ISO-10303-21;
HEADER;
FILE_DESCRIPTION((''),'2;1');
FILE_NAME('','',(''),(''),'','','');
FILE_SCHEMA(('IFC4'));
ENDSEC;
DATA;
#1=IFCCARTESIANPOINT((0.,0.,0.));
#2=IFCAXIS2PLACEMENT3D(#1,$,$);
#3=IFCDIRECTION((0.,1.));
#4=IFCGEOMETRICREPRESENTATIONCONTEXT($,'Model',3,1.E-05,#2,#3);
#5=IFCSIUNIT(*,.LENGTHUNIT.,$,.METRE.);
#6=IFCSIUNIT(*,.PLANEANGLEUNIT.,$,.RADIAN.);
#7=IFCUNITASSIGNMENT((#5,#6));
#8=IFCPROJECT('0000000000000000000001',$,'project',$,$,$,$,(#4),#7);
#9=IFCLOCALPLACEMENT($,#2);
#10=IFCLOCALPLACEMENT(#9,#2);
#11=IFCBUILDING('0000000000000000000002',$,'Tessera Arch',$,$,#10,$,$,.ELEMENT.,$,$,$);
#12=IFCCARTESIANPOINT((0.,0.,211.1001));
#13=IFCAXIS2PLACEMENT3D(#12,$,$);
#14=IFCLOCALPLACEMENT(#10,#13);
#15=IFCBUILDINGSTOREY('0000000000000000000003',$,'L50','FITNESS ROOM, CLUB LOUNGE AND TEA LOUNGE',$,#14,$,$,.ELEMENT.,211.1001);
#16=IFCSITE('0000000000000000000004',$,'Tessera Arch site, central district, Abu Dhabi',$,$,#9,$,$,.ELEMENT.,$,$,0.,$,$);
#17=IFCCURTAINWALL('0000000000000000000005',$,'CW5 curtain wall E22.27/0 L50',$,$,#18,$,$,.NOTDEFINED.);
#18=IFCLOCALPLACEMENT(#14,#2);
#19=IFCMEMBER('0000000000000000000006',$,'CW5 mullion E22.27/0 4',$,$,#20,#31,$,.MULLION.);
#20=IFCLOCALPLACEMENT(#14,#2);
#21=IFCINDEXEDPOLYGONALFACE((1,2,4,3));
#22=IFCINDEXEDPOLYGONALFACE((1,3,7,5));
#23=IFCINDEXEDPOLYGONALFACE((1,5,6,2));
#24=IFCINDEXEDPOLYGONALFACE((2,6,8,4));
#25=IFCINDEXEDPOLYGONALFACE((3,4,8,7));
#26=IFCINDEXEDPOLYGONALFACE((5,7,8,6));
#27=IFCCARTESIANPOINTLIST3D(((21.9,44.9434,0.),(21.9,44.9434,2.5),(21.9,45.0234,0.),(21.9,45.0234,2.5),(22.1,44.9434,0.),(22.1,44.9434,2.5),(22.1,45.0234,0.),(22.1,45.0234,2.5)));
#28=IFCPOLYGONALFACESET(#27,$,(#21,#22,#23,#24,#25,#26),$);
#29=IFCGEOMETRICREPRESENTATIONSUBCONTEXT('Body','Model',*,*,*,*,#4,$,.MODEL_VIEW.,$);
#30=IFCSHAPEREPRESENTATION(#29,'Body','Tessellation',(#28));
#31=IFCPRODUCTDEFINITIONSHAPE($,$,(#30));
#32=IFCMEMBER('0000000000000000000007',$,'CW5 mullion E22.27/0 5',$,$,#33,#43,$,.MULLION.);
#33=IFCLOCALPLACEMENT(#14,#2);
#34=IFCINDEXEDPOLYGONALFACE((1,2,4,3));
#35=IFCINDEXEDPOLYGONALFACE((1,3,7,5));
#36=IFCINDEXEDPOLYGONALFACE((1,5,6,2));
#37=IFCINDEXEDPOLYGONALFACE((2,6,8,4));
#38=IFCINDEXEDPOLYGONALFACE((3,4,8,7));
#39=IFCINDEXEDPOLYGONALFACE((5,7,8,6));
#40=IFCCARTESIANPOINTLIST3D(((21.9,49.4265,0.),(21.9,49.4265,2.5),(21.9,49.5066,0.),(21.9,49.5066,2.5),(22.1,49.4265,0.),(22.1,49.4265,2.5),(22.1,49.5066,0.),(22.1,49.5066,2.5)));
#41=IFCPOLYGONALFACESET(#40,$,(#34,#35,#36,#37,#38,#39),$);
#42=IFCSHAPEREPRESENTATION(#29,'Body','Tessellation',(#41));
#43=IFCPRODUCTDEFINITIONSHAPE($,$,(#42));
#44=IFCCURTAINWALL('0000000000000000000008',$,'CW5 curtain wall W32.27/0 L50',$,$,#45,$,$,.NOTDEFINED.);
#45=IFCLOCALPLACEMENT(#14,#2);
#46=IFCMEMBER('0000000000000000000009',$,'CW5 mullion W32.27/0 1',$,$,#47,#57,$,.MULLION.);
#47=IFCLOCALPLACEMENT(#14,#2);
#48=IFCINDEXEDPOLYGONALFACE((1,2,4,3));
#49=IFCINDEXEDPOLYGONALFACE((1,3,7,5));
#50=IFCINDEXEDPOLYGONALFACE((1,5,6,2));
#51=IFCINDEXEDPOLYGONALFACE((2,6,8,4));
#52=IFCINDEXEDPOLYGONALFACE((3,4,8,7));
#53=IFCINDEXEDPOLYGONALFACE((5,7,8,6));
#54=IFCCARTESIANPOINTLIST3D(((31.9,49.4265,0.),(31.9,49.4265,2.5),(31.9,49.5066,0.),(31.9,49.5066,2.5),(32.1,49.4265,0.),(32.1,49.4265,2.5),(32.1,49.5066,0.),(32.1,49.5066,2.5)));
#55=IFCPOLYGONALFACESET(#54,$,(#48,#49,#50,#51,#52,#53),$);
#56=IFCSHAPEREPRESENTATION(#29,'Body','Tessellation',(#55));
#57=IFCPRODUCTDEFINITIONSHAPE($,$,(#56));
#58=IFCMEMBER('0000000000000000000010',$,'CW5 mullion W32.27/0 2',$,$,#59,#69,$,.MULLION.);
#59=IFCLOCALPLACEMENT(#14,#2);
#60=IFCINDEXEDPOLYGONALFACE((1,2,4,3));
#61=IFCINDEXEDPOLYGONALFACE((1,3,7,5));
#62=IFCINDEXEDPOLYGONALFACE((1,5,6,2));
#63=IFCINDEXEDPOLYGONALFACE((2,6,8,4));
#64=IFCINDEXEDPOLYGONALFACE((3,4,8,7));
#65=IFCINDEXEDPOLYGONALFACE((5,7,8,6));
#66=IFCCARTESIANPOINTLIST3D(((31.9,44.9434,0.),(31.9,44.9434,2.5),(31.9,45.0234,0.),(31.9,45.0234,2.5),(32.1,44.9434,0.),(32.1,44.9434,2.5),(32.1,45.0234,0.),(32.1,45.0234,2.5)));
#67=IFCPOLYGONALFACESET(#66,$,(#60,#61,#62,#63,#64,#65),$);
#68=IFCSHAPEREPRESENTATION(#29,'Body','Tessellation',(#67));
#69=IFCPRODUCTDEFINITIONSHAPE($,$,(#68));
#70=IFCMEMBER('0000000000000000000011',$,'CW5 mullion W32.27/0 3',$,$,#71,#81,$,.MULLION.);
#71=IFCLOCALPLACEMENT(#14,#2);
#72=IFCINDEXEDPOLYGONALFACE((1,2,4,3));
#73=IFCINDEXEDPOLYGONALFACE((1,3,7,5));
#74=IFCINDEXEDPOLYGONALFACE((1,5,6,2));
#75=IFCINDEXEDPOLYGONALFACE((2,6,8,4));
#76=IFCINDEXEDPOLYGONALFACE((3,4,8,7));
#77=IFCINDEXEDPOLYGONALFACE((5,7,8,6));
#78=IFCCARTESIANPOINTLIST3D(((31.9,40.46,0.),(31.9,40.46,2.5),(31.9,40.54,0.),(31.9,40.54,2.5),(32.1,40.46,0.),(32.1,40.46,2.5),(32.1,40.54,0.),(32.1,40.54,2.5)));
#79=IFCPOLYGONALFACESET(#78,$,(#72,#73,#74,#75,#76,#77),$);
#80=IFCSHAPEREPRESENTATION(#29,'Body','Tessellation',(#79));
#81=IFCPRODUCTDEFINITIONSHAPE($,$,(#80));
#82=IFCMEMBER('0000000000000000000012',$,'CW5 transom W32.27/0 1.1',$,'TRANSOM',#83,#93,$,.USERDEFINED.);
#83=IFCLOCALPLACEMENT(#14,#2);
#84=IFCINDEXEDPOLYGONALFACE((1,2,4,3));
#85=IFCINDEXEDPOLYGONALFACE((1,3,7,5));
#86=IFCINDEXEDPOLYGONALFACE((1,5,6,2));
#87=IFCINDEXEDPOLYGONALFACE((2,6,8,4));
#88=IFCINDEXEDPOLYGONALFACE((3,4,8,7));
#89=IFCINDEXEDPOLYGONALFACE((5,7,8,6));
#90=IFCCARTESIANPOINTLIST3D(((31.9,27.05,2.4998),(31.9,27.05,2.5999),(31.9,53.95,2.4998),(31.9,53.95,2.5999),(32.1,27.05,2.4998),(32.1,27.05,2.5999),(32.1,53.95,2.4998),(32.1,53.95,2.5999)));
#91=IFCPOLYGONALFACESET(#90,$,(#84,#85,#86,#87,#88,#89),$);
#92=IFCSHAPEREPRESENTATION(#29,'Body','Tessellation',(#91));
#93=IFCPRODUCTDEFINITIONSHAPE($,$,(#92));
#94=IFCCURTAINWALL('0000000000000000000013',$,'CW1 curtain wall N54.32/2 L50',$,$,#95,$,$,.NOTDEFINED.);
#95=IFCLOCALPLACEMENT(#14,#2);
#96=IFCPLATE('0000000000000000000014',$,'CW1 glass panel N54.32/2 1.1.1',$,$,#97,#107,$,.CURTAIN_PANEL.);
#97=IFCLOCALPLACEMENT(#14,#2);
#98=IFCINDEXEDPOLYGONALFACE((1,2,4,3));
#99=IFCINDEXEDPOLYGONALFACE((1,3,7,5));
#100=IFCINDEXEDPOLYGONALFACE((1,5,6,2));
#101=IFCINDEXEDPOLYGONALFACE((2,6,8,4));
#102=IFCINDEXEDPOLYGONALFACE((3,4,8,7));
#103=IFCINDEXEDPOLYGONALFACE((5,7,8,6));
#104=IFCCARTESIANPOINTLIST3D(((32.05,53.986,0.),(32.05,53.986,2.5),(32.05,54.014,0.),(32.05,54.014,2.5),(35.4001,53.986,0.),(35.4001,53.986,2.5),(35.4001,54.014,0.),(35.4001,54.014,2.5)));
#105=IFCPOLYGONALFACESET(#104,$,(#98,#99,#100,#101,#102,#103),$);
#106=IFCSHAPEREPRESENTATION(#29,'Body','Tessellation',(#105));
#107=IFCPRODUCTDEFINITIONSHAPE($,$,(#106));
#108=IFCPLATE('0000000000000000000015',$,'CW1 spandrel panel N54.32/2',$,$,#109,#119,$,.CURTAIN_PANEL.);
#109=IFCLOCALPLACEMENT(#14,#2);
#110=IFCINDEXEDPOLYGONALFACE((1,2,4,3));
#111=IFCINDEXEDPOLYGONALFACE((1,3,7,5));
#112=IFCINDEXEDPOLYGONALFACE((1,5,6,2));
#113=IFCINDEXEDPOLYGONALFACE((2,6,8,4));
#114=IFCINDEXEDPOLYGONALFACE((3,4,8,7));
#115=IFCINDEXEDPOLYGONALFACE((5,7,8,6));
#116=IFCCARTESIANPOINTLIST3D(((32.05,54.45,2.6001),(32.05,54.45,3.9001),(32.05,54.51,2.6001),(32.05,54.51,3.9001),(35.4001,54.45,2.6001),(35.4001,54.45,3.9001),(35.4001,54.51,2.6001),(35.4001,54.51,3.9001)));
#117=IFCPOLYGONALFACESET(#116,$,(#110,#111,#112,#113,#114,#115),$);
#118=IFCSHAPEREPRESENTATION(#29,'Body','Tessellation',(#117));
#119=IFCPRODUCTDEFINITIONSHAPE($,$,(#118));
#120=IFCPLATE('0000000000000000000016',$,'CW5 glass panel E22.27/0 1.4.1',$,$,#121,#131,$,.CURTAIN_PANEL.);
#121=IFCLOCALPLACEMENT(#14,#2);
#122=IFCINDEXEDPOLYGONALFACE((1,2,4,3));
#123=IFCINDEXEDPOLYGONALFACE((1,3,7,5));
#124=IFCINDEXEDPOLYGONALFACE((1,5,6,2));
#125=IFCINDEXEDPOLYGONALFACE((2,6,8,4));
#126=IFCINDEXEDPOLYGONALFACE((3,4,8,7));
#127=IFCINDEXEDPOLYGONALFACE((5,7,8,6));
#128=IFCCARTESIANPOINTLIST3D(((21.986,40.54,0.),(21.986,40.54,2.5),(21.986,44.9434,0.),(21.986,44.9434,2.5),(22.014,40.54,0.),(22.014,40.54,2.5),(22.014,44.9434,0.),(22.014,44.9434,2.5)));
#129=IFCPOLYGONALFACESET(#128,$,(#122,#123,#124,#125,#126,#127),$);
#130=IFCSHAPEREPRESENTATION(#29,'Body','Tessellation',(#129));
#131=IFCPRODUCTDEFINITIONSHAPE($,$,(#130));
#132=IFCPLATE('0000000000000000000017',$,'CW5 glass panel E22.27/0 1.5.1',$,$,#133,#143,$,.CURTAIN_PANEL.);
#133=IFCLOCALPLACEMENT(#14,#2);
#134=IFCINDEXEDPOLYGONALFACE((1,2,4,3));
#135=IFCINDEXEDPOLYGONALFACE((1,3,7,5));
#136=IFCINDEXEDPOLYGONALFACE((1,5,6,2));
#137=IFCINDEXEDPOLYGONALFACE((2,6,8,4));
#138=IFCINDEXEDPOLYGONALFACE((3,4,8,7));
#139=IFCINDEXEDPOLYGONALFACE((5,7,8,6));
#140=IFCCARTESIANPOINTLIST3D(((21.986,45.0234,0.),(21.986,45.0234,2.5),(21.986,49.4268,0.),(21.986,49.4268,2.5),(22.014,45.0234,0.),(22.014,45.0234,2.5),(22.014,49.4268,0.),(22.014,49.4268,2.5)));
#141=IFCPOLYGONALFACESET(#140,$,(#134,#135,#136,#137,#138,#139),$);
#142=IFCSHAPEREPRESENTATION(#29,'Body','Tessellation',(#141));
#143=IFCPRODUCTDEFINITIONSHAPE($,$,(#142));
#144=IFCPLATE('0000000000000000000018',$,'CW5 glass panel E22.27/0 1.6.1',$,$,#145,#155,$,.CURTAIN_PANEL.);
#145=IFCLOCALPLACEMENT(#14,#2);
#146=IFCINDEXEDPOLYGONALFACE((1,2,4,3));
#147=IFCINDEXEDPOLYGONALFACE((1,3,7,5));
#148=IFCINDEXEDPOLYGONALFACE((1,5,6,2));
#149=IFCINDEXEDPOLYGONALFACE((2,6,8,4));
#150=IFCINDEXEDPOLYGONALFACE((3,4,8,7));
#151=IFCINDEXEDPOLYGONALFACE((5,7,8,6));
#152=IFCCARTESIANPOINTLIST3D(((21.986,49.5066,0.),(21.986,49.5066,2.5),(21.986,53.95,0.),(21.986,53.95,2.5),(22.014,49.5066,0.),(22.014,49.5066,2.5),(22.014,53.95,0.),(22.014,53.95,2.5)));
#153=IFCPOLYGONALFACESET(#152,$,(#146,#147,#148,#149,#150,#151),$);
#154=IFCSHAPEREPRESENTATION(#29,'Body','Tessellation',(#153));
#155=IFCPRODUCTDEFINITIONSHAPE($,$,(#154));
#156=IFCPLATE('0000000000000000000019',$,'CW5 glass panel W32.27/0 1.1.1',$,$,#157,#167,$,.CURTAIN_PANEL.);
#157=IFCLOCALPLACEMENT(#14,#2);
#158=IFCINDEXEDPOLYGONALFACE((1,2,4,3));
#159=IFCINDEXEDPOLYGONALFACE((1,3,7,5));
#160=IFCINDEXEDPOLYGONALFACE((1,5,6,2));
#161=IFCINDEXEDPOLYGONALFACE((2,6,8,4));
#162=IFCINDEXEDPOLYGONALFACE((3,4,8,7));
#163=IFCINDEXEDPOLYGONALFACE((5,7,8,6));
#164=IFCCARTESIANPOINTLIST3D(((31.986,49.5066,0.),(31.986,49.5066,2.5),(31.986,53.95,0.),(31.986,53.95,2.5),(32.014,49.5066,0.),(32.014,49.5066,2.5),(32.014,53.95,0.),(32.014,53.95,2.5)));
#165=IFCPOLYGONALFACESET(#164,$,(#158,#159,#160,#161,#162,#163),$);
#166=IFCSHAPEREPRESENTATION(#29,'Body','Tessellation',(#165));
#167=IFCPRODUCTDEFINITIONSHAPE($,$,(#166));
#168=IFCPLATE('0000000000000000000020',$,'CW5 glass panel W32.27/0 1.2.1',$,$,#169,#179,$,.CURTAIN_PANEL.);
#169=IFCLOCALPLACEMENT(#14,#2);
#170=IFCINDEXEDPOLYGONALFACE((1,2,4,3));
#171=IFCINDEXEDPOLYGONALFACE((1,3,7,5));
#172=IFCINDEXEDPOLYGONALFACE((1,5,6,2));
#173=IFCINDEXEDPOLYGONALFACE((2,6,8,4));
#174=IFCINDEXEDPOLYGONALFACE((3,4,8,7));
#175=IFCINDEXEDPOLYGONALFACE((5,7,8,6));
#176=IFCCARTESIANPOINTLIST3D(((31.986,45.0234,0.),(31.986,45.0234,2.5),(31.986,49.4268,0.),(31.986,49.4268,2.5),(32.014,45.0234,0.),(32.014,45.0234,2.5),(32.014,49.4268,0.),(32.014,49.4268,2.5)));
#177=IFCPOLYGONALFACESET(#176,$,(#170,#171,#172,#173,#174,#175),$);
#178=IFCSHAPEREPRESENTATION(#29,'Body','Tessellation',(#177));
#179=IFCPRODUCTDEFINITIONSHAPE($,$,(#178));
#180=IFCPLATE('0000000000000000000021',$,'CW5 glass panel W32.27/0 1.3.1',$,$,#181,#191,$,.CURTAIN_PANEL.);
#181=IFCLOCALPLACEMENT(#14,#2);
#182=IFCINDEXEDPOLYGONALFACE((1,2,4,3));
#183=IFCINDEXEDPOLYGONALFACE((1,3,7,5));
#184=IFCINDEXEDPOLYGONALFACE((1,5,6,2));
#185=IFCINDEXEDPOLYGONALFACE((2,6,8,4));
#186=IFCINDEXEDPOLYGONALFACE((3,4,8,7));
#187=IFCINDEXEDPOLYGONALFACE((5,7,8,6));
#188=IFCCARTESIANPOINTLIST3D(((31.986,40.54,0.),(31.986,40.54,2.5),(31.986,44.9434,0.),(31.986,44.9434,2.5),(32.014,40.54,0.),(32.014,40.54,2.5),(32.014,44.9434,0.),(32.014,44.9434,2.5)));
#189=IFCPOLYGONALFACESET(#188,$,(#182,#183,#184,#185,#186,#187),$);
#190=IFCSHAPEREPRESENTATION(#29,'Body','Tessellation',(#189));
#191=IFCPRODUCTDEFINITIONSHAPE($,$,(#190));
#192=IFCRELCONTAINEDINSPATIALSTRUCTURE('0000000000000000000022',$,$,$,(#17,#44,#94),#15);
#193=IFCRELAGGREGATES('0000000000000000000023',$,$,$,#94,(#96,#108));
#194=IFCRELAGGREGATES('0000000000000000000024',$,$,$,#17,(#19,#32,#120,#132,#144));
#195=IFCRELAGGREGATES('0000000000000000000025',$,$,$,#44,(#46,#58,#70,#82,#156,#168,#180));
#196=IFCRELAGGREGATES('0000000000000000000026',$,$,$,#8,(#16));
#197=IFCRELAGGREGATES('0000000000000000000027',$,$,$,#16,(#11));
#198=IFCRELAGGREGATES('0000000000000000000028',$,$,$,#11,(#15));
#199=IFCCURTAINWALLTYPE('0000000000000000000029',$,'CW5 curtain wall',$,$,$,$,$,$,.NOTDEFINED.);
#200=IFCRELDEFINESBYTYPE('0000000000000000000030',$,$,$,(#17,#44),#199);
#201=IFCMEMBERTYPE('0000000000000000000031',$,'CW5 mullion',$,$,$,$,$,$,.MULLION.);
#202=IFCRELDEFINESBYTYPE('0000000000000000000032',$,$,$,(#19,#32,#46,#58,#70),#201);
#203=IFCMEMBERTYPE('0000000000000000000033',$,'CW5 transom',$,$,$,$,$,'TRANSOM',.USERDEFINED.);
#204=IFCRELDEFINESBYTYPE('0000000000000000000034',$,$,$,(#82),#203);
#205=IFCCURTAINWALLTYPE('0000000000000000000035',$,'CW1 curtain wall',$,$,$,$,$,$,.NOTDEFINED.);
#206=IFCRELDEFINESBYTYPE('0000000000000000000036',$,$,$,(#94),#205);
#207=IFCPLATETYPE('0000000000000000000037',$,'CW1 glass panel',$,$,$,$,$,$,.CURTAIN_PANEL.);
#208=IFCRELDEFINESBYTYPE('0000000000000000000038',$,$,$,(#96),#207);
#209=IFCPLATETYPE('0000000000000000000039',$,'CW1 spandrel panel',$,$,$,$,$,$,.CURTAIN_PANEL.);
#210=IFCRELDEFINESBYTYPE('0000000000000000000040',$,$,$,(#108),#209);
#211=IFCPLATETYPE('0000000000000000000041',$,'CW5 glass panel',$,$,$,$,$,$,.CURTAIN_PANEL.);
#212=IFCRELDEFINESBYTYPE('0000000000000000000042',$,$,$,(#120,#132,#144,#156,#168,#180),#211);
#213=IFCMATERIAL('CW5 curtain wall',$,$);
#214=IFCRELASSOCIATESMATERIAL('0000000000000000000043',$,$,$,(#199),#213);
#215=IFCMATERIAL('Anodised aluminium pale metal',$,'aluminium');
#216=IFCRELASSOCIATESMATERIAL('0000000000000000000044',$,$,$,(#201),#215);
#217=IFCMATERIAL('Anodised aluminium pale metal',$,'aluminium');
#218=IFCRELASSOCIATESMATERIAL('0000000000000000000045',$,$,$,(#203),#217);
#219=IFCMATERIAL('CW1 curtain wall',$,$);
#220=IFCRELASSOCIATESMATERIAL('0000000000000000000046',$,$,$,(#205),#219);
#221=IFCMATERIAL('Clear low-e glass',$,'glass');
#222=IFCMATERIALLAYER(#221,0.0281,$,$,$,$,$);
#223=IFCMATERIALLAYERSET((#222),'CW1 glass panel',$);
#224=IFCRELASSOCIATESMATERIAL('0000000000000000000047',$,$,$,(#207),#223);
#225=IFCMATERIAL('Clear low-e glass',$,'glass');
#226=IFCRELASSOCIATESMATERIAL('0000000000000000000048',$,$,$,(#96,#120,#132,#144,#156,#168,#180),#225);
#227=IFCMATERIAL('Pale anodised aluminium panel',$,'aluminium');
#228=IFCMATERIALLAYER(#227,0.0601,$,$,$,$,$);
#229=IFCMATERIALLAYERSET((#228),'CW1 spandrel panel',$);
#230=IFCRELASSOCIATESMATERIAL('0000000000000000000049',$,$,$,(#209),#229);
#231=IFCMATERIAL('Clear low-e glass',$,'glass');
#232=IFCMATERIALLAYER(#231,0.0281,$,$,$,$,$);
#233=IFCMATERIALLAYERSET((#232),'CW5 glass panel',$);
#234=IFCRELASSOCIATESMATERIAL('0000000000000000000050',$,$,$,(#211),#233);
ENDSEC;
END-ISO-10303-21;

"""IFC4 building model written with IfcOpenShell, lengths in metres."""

from ifc_helpers import new_model, si_unit, direction, frame, origin, origin_2d, place, context, subcontext, project, spatial, rectangle, extrude, material, layer, layer_set, material_profile, profile_set, type_object, element, aggregate, save


model = new_model("IFC4")

# Units and contexts
model_context = context("Model", 3, precision=1e-05, world=origin(), true_north=direction((0.0, 1.0)))
body_context = subcontext(model_context, "Body", "Model", "MODEL_VIEW")
ifc_project = project(units=[si_unit("LENGTHUNIT", "METRE"), si_unit("PLANEANGLEUNIT", "RADIAN")], contexts=[model_context])

# Site, building, storey
site_placement = place(None, origin())
site = spatial("IfcSite", under=ifc_project, at=site_placement, Name="Tessera Arch site, central district, Abu Dhabi", CompositionType="ELEMENT", RefElevation=0.0)
building_placement = place(site_placement, origin())
building = spatial("IfcBuilding", under=site, at=building_placement, Name="Tessera Arch", CompositionType="ELEMENT")
storey_placement = place(building_placement, frame((0.0, 0.0, 211.1001)))
storey = spatial("IfcBuildingStorey", under=building, at=storey_placement, Name="L50", Description="FITNESS ROOM, CLUB LOUNGE AND TEA LOUNGE", CompositionType="ELEMENT", Elevation=211.1001)

# Curtain walls, members
ifc_material_1 = material(Name="CW5 curtain wall")
curtain_wall_type_1 = type_object("IfcCurtainWallType", Name="CW5 curtain wall", PredefinedType="NOTDEFINED", material=ifc_material_1)
curtain_wall_1_placement = place(storey_placement, origin())
curtain_wall_1 = element("IfcCurtainWall", 1, at=curtain_wall_1_placement, inside=storey, type_object=curtain_wall_type_1, Name="CW5 curtain wall E22.27/0 L50", PredefinedType="NOTDEFINED")
ifc_material_2 = material(Name="Anodised aluminium pale metal", Category="aluminium")
ifc_material_profile_1 = material_profile(ifc_material_2, rectangle(XDim=0.2, YDim=0.0801, at=origin_2d()), Name="AL 80x200")
ifc_profile_set_1 = profile_set([ifc_material_profile_1], Name="Anodised aluminium pale metal")
member_type_1 = type_object("IfcMemberType", Name="CW5 mullion", PredefinedType="MULLION", material=ifc_profile_set_1)
member_1_placement = place(storey_placement, frame((22.0, 44.9834, 0.0), z_axis=(0.0, 0.0, 1.0), x_axis=(-1.0, 0.0, 0.0)))
member_1 = element("IfcMember", 2, at=member_1_placement, type_object=member_type_1, Name="CW5 mullion E22.27/0 4", PredefinedType="MULLION", context=body_context, shape_type="SweptSolid", body=[
    extrude(rectangle(XDim=0.2, YDim=0.0801, at=origin_2d()), origin(), (0.0, 0.0, 1.0), 2.5),
])
member_2_placement = place(storey_placement, frame((22.0, 49.4666, 0.0), z_axis=(0.0, 0.0, 1.0), x_axis=(-1.0, 0.0, 0.0)))
member_2 = element("IfcMember", 3, at=member_2_placement, type_object=member_type_1, Name="CW5 mullion E22.27/0 5", PredefinedType="MULLION", context=body_context, shape_type="SweptSolid", body=[
    extrude(rectangle(XDim=0.2, YDim=0.0801, at=origin_2d()), origin(), (0.0, 0.0, 1.0), 2.5),
])
curtain_wall_2_placement = place(storey_placement, origin())
curtain_wall_2 = element("IfcCurtainWall", 4, at=curtain_wall_2_placement, inside=storey, type_object=curtain_wall_type_1, Name="CW5 curtain wall W32.27/0 L50", PredefinedType="NOTDEFINED")
member_3_placement = place(storey_placement, frame((32.0, 49.4666, 0.0), z_axis=(0.0, 0.0, 1.0), x_axis=(1.0, 0.0, 0.0)))
member_3 = element("IfcMember", 5, at=member_3_placement, type_object=member_type_1, Name="CW5 mullion W32.27/0 1", PredefinedType="MULLION", context=body_context, shape_type="SweptSolid", body=[
    extrude(rectangle(XDim=0.2, YDim=0.0801, at=origin_2d()), origin(), (0.0, 0.0, 1.0), 2.5),
])
member_4_placement = place(storey_placement, frame((32.0, 44.9834, 0.0), z_axis=(0.0, 0.0, 1.0), x_axis=(1.0, 0.0, 0.0)))
member_4 = element("IfcMember", 6, at=member_4_placement, type_object=member_type_1, Name="CW5 mullion W32.27/0 2", PredefinedType="MULLION", context=body_context, shape_type="SweptSolid", body=[
    extrude(rectangle(XDim=0.2, YDim=0.0801, at=origin_2d()), origin(), (0.0, 0.0, 1.0), 2.5),
])
member_5_placement = place(storey_placement, frame((32.0, 40.5, 0.0), z_axis=(0.0, 0.0, 1.0), x_axis=(1.0, 0.0, 0.0)))
member_5 = element("IfcMember", 7, at=member_5_placement, type_object=member_type_1, Name="CW5 mullion W32.27/0 3", PredefinedType="MULLION", context=body_context, shape_type="SweptSolid", body=[
    extrude(rectangle(XDim=0.2, YDim=0.0801, at=origin_2d()), origin(), (0.0, 0.0, 1.0), 2.5),
])
ifc_material_3 = material(Name="Anodised aluminium pale metal", Category="aluminium")
ifc_material_profile_2 = material_profile(ifc_material_3, rectangle(XDim=0.2, YDim=0.1001, at=origin_2d()), Name="AL 200x100")
ifc_profile_set_2 = profile_set([ifc_material_profile_2], Name="Anodised aluminium pale metal")
member_type_2 = type_object("IfcMemberType", Name="CW5 transom", ElementType="TRANSOM", PredefinedType="USERDEFINED", material=ifc_profile_set_2)
member_6_placement = place(storey_placement, frame((32.0, 53.95, 2.5498), z_axis=(0.0, -1.0, 0.0), x_axis=(1.0, 0.0, 0.0)))
member_6 = element("IfcMember", 8, at=member_6_placement, type_object=member_type_2, Name="CW5 transom W32.27/0 1.1", ObjectType="TRANSOM", PredefinedType="USERDEFINED", context=body_context, shape_type="SweptSolid", body=[
    extrude(rectangle(XDim=0.2, YDim=0.1001, at=origin_2d()), origin(), (0.0, 0.0, 1.0), 26.8999),
])

# Curtain wall, plates
ifc_material_4 = material(Name="CW1 curtain wall")
curtain_wall_type_2 = type_object("IfcCurtainWallType", Name="CW1 curtain wall", PredefinedType="NOTDEFINED", material=ifc_material_4)
curtain_wall_3_placement = place(storey_placement, origin())
curtain_wall_3 = element("IfcCurtainWall", 9, at=curtain_wall_3_placement, inside=storey, type_object=curtain_wall_type_2, Name="CW1 curtain wall N54.32/2 L50", PredefinedType="NOTDEFINED")
ifc_material_5 = material(Name="Clear low-e glass", Category="glass")
ifc_material_6 = material(Name="Clear low-e glass", Category="glass")
ifc_layer_1 = layer(ifc_material_6, 0.0281)
ifc_layer_set_1 = layer_set([ifc_layer_1], Name="CW1 glass panel")
plate_type_1 = type_object("IfcPlateType", Name="CW1 glass panel", PredefinedType="CURTAIN_PANEL", material=ifc_layer_set_1)
plate_1_placement = place(storey_placement, frame((33.7251, 54.0, 0.0), z_axis=(0.0, 0.0, 1.0), x_axis=(-1.0, 0.0, 0.0)))
plate_1 = element("IfcPlate", 10, at=plate_1_placement, type_object=plate_type_1, material=ifc_material_5, Name="CW1 glass panel N54.32/2 1.1.1", PredefinedType="CURTAIN_PANEL", context=body_context, shape_type="SweptSolid", body=[
    extrude(rectangle(XDim=3.3501, YDim=0.0281, at=origin_2d()), origin(), (0.0, 0.0, 1.0), 2.5),
])
ifc_material_7 = material(Name="Pale anodised aluminium panel", Category="aluminium")
ifc_layer_2 = layer(ifc_material_7, 0.0601)
ifc_layer_set_2 = layer_set([ifc_layer_2], Name="CW1 spandrel panel")
plate_type_2 = type_object("IfcPlateType", Name="CW1 spandrel panel", PredefinedType="CURTAIN_PANEL", material=ifc_layer_set_2)
plate_2_placement = place(storey_placement, frame((33.7251, 54.48, 2.6001), z_axis=(0.0, 0.0, 1.0), x_axis=(-1.0, 0.0, 0.0)))
plate_2 = element("IfcPlate", 11, at=plate_2_placement, type_object=plate_type_2, Name="CW1 spandrel panel N54.32/2", PredefinedType="CURTAIN_PANEL", context=body_context, shape_type="SweptSolid", body=[
    extrude(rectangle(XDim=3.3501, YDim=0.0601, at=origin_2d()), origin(), (0.0, 0.0, 1.0), 1.3),
])
aggregate(curtain_wall_3, [plate_1, plate_2])

# Plates
ifc_material_8 = material(Name="Clear low-e glass", Category="glass")
ifc_layer_3 = layer(ifc_material_8, 0.0281)
ifc_layer_set_3 = layer_set([ifc_layer_3], Name="CW5 glass panel")
plate_type_3 = type_object("IfcPlateType", Name="CW5 glass panel", PredefinedType="CURTAIN_PANEL", material=ifc_layer_set_3)
plate_3_placement = place(storey_placement, frame((22.0, 42.7417, 0.0), z_axis=(0.0, 0.0, 1.0), x_axis=(0.0, 1.0, 0.0)))
plate_3 = element("IfcPlate", 12, at=plate_3_placement, type_object=plate_type_3, material=ifc_material_5, Name="CW5 glass panel E22.27/0 1.4.1", PredefinedType="CURTAIN_PANEL", context=body_context, shape_type="SweptSolid", body=[
    extrude(rectangle(XDim=4.4033, YDim=0.0281, at=origin_2d()), origin(), (0.0, 0.0, 1.0), 2.5),
])
plate_4_placement = place(storey_placement, frame((22.0, 47.2251, 0.0), z_axis=(0.0, 0.0, 1.0), x_axis=(0.0, 1.0, 0.0)))
plate_4 = element("IfcPlate", 13, at=plate_4_placement, type_object=plate_type_3, material=ifc_material_5, Name="CW5 glass panel E22.27/0 1.5.1", PredefinedType="CURTAIN_PANEL", context=body_context, shape_type="SweptSolid", body=[
    extrude(rectangle(XDim=4.4033, YDim=0.0281, at=origin_2d()), origin(), (0.0, 0.0, 1.0), 2.5),
])
plate_5_placement = place(storey_placement, frame((22.0, 51.7283, 0.0), z_axis=(0.0, 0.0, 1.0), x_axis=(0.0, 1.0, 0.0)))
plate_5 = element("IfcPlate", 14, at=plate_5_placement, type_object=plate_type_3, material=ifc_material_5, Name="CW5 glass panel E22.27/0 1.6.1", PredefinedType="CURTAIN_PANEL", context=body_context, shape_type="SweptSolid", body=[
    extrude(rectangle(XDim=4.4434, YDim=0.0281, at=origin_2d()), origin(), (0.0, 0.0, 1.0), 2.5),
])
plate_6_placement = place(storey_placement, frame((32.0, 51.7283, 0.0), z_axis=(0.0, 0.0, 1.0), x_axis=(0.0, -1.0, 0.0)))
plate_6 = element("IfcPlate", 15, at=plate_6_placement, type_object=plate_type_3, material=ifc_material_5, Name="CW5 glass panel W32.27/0 1.1.1", PredefinedType="CURTAIN_PANEL", context=body_context, shape_type="SweptSolid", body=[
    extrude(rectangle(XDim=4.4434, YDim=0.0281, at=origin_2d()), origin(), (0.0, 0.0, 1.0), 2.5),
])
plate_7_placement = place(storey_placement, frame((32.0, 47.2251, 0.0), z_axis=(0.0, 0.0, 1.0), x_axis=(0.0, -1.0, 0.0)))
plate_7 = element("IfcPlate", 16, at=plate_7_placement, type_object=plate_type_3, material=ifc_material_5, Name="CW5 glass panel W32.27/0 1.2.1", PredefinedType="CURTAIN_PANEL", context=body_context, shape_type="SweptSolid", body=[
    extrude(rectangle(XDim=4.4033, YDim=0.0281, at=origin_2d()), origin(), (0.0, 0.0, 1.0), 2.5),
])
plate_8_placement = place(storey_placement, frame((32.0, 42.7417, 0.0), z_axis=(0.0, 0.0, 1.0), x_axis=(0.0, -1.0, 0.0)))
plate_8 = element("IfcPlate", 17, at=plate_8_placement, type_object=plate_type_3, material=ifc_material_5, Name="CW5 glass panel W32.27/0 1.3.1", PredefinedType="CURTAIN_PANEL", context=body_context, shape_type="SweptSolid", body=[
    extrude(rectangle(XDim=4.4033, YDim=0.0281, at=origin_2d()), origin(), (0.0, 0.0, 1.0), 2.5),
])
aggregate(curtain_wall_1, [member_1, member_2, plate_3, plate_4, plate_5])
aggregate(curtain_wall_2, [member_3, member_4, member_5, member_6, plate_6, plate_7, plate_8])

save(model, "model.ifc")
